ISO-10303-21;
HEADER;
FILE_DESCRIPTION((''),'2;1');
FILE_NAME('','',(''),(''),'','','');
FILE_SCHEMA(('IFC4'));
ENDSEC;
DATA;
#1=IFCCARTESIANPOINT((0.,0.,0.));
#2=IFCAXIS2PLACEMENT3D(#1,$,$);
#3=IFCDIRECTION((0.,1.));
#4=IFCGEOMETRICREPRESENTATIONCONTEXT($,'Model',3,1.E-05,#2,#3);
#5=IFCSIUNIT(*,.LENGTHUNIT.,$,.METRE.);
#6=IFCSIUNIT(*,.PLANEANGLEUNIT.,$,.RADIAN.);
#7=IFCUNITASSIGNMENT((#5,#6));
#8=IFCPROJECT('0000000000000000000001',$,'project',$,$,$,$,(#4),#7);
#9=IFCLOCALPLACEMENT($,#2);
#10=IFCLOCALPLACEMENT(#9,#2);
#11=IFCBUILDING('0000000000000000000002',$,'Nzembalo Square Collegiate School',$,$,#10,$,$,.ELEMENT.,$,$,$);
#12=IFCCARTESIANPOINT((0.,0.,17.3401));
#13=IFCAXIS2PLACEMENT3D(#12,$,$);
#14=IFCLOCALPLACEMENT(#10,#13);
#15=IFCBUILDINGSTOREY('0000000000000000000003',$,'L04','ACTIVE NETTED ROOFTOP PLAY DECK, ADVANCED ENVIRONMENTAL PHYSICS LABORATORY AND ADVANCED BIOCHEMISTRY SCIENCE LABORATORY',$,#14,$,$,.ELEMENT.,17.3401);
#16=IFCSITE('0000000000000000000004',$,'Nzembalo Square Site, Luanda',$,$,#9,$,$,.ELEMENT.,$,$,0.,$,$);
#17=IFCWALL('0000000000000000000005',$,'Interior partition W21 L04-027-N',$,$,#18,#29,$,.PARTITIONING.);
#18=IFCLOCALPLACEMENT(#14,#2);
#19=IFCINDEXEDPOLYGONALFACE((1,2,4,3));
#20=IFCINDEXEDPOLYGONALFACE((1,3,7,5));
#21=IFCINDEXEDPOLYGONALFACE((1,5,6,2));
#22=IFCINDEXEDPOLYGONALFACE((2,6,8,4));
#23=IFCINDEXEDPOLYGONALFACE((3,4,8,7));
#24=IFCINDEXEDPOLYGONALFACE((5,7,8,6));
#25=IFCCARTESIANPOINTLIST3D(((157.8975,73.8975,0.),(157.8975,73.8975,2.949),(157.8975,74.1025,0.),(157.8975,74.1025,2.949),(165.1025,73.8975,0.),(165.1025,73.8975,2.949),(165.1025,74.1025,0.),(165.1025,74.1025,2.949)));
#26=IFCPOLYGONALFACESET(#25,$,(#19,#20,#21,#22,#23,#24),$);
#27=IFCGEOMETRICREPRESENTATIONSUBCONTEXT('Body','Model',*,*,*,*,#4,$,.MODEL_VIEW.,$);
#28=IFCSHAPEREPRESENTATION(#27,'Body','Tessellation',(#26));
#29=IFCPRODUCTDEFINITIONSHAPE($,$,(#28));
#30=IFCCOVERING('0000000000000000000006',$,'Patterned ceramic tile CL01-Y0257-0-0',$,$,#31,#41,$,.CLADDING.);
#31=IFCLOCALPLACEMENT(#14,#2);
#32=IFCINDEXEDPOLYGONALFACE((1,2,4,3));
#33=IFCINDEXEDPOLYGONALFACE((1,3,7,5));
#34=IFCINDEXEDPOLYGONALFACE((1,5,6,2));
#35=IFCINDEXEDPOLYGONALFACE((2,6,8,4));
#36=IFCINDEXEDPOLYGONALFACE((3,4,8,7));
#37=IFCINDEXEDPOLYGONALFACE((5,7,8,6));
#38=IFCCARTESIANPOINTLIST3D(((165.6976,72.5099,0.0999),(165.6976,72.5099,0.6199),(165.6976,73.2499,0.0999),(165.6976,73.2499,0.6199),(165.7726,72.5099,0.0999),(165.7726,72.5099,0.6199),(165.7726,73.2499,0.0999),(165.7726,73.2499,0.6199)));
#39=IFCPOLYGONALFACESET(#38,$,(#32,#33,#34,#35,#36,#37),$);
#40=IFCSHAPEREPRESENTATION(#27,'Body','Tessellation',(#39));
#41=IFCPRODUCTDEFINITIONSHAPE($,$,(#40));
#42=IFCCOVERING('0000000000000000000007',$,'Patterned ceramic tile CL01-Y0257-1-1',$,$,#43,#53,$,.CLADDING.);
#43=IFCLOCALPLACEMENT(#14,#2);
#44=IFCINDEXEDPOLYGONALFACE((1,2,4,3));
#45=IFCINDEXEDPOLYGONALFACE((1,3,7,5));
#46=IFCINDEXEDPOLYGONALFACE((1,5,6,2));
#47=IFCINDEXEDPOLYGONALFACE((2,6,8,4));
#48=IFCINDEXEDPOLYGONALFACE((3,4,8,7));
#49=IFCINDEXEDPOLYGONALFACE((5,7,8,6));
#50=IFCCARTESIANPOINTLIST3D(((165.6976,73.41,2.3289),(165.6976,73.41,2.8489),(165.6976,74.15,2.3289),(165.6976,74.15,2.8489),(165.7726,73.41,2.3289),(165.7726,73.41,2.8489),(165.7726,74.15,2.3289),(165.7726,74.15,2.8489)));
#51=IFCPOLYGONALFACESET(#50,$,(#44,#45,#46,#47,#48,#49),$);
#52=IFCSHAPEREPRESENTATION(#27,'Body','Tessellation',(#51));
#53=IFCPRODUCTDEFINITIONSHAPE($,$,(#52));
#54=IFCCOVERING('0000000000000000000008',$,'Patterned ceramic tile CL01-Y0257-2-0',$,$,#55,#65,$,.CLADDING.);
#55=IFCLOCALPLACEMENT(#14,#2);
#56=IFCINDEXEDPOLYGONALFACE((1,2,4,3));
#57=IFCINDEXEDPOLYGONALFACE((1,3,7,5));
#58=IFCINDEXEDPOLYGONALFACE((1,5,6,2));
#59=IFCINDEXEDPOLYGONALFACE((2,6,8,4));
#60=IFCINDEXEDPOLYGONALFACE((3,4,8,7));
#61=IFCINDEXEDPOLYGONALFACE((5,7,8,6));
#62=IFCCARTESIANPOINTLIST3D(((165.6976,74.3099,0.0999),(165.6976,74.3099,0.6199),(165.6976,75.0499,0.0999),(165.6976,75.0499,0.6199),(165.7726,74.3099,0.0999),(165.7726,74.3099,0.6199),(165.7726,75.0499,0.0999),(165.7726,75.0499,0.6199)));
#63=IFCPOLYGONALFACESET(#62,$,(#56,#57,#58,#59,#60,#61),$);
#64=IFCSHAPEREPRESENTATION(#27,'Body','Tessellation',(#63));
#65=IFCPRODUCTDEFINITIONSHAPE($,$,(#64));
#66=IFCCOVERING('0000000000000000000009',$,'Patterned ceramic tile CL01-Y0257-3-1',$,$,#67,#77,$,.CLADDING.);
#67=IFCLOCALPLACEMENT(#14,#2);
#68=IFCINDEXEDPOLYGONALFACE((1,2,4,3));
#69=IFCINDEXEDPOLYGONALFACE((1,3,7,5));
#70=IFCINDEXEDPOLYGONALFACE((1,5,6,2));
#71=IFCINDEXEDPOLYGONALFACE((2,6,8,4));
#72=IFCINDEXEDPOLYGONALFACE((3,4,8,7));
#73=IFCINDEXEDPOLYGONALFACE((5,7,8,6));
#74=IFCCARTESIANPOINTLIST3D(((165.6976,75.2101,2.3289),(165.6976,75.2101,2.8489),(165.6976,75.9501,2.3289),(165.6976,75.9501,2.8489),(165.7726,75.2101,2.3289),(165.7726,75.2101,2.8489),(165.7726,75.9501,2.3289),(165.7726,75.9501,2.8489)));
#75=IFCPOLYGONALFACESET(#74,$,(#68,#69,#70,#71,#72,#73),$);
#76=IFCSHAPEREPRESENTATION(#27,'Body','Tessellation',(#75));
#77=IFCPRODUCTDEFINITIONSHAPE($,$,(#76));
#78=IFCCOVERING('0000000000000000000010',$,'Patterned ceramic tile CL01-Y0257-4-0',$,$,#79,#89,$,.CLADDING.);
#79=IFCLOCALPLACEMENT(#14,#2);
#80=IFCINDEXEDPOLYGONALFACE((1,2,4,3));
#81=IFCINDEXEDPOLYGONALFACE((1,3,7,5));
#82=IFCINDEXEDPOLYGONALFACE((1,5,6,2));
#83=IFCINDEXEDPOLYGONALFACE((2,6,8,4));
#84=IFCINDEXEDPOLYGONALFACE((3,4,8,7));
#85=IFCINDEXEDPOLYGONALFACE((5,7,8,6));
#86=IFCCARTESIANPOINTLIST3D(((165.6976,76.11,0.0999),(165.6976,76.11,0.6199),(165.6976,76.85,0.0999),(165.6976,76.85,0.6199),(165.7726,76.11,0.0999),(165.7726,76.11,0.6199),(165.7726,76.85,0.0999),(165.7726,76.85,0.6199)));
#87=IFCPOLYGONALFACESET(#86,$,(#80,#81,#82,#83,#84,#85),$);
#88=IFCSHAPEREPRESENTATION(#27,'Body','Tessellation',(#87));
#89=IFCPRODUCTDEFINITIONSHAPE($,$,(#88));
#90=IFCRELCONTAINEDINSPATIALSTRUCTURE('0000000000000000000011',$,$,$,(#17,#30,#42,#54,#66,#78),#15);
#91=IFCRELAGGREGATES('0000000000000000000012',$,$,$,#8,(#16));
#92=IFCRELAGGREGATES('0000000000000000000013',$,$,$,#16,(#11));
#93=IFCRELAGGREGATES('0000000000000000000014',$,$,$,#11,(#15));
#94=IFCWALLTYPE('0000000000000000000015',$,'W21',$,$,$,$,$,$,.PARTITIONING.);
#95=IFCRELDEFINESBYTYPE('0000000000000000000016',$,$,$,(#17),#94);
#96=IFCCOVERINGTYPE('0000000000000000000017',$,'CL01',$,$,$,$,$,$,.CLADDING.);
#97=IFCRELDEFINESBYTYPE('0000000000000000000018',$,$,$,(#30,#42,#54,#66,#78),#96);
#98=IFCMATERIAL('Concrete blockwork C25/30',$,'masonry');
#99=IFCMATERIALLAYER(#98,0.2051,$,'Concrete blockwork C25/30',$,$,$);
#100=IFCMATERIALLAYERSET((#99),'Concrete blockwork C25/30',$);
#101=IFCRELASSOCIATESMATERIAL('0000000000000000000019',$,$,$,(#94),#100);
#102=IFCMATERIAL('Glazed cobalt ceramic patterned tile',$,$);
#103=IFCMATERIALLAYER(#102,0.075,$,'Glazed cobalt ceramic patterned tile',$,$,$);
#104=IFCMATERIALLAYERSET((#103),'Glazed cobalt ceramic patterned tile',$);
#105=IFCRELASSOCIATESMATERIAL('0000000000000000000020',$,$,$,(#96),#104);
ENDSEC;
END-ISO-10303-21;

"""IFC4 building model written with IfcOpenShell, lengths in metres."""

from ifc_helpers import new_model, si_unit, direction, frame, frame_2d, origin, origin_2d, place, context, subcontext, project, spatial, rectangle, extrude, material, layer, layer_set, type_object, element, save


model = new_model("IFC4")

# Units and contexts
model_context = context("Model", 3, precision=1e-05, world=origin(), true_north=direction((0.0, 1.0)))
body_context = subcontext(model_context, "Body", "Model", "MODEL_VIEW")
ifc_project = project(units=[si_unit("LENGTHUNIT", "METRE"), si_unit("PLANEANGLEUNIT", "RADIAN")], contexts=[model_context])

# Site, building, storey
site_placement = place(None, origin())
site = spatial("IfcSite", under=ifc_project, at=site_placement, Name="Nzembalo Square Site, Luanda", CompositionType="ELEMENT", RefElevation=0.0)
building_placement = place(site_placement, origin())
building = spatial("IfcBuilding", under=site, at=building_placement, Name="Nzembalo Square Collegiate School", CompositionType="ELEMENT")
storey_placement = place(building_placement, frame((0.0, 0.0, 17.3401)))
storey = spatial("IfcBuildingStorey", under=building, at=storey_placement, Name="L04", Description="ACTIVE NETTED ROOFTOP PLAY DECK, ADVANCED ENVIRONMENTAL PHYSICS LABORATORY AND ADVANCED BIOCHEMISTRY SCIENCE LABORATORY", CompositionType="ELEMENT", Elevation=17.3401)

# Wall
ifc_material_1 = material(Name="Concrete blockwork C25/30", Category="masonry")
ifc_layer_1 = layer(ifc_material_1, 0.2051, Name="Concrete blockwork C25/30")
ifc_layer_set_1 = layer_set([ifc_layer_1], Name="Concrete blockwork C25/30")
wall_type_1 = type_object("IfcWallType", Name="W21", PredefinedType="PARTITIONING", material=ifc_layer_set_1)
wall_1_placement = place(storey_placement, frame((157.8975, 74.0, 0.0), z_axis=(0.0, 0.0, 1.0), x_axis=(1.0, 0.0, 0.0)))
element("IfcWall", 1, at=wall_1_placement, inside=storey, type_object=wall_type_1, Name="Interior partition W21 L04-027-N", PredefinedType="PARTITIONING", context=body_context, shape_type="SweptSolid", body=[
    extrude(rectangle(XDim=7.2051, YDim=0.2051, at=frame_2d((3.6025, 0.0))), origin(), (0.0, 0.0, 1.0), 2.949),
])

# Coverings
ifc_material_2 = material(Name="Glazed cobalt ceramic patterned tile")
ifc_layer_2 = layer(ifc_material_2, 0.075, Name="Glazed cobalt ceramic patterned tile")
ifc_layer_set_2 = layer_set([ifc_layer_2], Name="Glazed cobalt ceramic patterned tile")
covering_type = type_object("IfcCoveringType", Name="CL01", PredefinedType="CLADDING", material=ifc_layer_set_2)
for number, where, z_axis, x_axis, name in (
    (2, (165.7351, 72.8799, 0.0999), (0.0, 0.0, 1.0), (1.0, 0.0, 0.0), "Patterned ceramic tile CL01-Y0257-0-0"),
    (3, (165.7351, 73.78, 2.3289), (0.0, 0.0, 1.0), (1.0, 0.0, 0.0), "Patterned ceramic tile CL01-Y0257-1-1"),
    (4, (165.7351, 74.6799, 0.0999), (0.0, 0.0, 1.0), (1.0, 0.0, 0.0), "Patterned ceramic tile CL01-Y0257-2-0"),
    (5, (165.7351, 75.5801, 2.3289), (0.0, 0.0, 1.0), (1.0, 0.0, 0.0), "Patterned ceramic tile CL01-Y0257-3-1"),
    (6, (165.7351, 76.48, 0.0999), (0.0, 0.0, 1.0), (1.0, 0.0, 0.0), "Patterned ceramic tile CL01-Y0257-4-0"),
):
    element("IfcCovering", number, at=place(storey_placement, frame(where, z_axis=z_axis, x_axis=x_axis)), inside=storey, type_object=covering_type, Name=name, PredefinedType="CLADDING", context=body_context, shape_type="SweptSolid", body=[
        extrude(rectangle(XDim=0.075, YDim=0.74, at=origin_2d()), origin(), (0.0, 0.0, 1.0), 0.52),
    ])

save(model, "model.ifc")
